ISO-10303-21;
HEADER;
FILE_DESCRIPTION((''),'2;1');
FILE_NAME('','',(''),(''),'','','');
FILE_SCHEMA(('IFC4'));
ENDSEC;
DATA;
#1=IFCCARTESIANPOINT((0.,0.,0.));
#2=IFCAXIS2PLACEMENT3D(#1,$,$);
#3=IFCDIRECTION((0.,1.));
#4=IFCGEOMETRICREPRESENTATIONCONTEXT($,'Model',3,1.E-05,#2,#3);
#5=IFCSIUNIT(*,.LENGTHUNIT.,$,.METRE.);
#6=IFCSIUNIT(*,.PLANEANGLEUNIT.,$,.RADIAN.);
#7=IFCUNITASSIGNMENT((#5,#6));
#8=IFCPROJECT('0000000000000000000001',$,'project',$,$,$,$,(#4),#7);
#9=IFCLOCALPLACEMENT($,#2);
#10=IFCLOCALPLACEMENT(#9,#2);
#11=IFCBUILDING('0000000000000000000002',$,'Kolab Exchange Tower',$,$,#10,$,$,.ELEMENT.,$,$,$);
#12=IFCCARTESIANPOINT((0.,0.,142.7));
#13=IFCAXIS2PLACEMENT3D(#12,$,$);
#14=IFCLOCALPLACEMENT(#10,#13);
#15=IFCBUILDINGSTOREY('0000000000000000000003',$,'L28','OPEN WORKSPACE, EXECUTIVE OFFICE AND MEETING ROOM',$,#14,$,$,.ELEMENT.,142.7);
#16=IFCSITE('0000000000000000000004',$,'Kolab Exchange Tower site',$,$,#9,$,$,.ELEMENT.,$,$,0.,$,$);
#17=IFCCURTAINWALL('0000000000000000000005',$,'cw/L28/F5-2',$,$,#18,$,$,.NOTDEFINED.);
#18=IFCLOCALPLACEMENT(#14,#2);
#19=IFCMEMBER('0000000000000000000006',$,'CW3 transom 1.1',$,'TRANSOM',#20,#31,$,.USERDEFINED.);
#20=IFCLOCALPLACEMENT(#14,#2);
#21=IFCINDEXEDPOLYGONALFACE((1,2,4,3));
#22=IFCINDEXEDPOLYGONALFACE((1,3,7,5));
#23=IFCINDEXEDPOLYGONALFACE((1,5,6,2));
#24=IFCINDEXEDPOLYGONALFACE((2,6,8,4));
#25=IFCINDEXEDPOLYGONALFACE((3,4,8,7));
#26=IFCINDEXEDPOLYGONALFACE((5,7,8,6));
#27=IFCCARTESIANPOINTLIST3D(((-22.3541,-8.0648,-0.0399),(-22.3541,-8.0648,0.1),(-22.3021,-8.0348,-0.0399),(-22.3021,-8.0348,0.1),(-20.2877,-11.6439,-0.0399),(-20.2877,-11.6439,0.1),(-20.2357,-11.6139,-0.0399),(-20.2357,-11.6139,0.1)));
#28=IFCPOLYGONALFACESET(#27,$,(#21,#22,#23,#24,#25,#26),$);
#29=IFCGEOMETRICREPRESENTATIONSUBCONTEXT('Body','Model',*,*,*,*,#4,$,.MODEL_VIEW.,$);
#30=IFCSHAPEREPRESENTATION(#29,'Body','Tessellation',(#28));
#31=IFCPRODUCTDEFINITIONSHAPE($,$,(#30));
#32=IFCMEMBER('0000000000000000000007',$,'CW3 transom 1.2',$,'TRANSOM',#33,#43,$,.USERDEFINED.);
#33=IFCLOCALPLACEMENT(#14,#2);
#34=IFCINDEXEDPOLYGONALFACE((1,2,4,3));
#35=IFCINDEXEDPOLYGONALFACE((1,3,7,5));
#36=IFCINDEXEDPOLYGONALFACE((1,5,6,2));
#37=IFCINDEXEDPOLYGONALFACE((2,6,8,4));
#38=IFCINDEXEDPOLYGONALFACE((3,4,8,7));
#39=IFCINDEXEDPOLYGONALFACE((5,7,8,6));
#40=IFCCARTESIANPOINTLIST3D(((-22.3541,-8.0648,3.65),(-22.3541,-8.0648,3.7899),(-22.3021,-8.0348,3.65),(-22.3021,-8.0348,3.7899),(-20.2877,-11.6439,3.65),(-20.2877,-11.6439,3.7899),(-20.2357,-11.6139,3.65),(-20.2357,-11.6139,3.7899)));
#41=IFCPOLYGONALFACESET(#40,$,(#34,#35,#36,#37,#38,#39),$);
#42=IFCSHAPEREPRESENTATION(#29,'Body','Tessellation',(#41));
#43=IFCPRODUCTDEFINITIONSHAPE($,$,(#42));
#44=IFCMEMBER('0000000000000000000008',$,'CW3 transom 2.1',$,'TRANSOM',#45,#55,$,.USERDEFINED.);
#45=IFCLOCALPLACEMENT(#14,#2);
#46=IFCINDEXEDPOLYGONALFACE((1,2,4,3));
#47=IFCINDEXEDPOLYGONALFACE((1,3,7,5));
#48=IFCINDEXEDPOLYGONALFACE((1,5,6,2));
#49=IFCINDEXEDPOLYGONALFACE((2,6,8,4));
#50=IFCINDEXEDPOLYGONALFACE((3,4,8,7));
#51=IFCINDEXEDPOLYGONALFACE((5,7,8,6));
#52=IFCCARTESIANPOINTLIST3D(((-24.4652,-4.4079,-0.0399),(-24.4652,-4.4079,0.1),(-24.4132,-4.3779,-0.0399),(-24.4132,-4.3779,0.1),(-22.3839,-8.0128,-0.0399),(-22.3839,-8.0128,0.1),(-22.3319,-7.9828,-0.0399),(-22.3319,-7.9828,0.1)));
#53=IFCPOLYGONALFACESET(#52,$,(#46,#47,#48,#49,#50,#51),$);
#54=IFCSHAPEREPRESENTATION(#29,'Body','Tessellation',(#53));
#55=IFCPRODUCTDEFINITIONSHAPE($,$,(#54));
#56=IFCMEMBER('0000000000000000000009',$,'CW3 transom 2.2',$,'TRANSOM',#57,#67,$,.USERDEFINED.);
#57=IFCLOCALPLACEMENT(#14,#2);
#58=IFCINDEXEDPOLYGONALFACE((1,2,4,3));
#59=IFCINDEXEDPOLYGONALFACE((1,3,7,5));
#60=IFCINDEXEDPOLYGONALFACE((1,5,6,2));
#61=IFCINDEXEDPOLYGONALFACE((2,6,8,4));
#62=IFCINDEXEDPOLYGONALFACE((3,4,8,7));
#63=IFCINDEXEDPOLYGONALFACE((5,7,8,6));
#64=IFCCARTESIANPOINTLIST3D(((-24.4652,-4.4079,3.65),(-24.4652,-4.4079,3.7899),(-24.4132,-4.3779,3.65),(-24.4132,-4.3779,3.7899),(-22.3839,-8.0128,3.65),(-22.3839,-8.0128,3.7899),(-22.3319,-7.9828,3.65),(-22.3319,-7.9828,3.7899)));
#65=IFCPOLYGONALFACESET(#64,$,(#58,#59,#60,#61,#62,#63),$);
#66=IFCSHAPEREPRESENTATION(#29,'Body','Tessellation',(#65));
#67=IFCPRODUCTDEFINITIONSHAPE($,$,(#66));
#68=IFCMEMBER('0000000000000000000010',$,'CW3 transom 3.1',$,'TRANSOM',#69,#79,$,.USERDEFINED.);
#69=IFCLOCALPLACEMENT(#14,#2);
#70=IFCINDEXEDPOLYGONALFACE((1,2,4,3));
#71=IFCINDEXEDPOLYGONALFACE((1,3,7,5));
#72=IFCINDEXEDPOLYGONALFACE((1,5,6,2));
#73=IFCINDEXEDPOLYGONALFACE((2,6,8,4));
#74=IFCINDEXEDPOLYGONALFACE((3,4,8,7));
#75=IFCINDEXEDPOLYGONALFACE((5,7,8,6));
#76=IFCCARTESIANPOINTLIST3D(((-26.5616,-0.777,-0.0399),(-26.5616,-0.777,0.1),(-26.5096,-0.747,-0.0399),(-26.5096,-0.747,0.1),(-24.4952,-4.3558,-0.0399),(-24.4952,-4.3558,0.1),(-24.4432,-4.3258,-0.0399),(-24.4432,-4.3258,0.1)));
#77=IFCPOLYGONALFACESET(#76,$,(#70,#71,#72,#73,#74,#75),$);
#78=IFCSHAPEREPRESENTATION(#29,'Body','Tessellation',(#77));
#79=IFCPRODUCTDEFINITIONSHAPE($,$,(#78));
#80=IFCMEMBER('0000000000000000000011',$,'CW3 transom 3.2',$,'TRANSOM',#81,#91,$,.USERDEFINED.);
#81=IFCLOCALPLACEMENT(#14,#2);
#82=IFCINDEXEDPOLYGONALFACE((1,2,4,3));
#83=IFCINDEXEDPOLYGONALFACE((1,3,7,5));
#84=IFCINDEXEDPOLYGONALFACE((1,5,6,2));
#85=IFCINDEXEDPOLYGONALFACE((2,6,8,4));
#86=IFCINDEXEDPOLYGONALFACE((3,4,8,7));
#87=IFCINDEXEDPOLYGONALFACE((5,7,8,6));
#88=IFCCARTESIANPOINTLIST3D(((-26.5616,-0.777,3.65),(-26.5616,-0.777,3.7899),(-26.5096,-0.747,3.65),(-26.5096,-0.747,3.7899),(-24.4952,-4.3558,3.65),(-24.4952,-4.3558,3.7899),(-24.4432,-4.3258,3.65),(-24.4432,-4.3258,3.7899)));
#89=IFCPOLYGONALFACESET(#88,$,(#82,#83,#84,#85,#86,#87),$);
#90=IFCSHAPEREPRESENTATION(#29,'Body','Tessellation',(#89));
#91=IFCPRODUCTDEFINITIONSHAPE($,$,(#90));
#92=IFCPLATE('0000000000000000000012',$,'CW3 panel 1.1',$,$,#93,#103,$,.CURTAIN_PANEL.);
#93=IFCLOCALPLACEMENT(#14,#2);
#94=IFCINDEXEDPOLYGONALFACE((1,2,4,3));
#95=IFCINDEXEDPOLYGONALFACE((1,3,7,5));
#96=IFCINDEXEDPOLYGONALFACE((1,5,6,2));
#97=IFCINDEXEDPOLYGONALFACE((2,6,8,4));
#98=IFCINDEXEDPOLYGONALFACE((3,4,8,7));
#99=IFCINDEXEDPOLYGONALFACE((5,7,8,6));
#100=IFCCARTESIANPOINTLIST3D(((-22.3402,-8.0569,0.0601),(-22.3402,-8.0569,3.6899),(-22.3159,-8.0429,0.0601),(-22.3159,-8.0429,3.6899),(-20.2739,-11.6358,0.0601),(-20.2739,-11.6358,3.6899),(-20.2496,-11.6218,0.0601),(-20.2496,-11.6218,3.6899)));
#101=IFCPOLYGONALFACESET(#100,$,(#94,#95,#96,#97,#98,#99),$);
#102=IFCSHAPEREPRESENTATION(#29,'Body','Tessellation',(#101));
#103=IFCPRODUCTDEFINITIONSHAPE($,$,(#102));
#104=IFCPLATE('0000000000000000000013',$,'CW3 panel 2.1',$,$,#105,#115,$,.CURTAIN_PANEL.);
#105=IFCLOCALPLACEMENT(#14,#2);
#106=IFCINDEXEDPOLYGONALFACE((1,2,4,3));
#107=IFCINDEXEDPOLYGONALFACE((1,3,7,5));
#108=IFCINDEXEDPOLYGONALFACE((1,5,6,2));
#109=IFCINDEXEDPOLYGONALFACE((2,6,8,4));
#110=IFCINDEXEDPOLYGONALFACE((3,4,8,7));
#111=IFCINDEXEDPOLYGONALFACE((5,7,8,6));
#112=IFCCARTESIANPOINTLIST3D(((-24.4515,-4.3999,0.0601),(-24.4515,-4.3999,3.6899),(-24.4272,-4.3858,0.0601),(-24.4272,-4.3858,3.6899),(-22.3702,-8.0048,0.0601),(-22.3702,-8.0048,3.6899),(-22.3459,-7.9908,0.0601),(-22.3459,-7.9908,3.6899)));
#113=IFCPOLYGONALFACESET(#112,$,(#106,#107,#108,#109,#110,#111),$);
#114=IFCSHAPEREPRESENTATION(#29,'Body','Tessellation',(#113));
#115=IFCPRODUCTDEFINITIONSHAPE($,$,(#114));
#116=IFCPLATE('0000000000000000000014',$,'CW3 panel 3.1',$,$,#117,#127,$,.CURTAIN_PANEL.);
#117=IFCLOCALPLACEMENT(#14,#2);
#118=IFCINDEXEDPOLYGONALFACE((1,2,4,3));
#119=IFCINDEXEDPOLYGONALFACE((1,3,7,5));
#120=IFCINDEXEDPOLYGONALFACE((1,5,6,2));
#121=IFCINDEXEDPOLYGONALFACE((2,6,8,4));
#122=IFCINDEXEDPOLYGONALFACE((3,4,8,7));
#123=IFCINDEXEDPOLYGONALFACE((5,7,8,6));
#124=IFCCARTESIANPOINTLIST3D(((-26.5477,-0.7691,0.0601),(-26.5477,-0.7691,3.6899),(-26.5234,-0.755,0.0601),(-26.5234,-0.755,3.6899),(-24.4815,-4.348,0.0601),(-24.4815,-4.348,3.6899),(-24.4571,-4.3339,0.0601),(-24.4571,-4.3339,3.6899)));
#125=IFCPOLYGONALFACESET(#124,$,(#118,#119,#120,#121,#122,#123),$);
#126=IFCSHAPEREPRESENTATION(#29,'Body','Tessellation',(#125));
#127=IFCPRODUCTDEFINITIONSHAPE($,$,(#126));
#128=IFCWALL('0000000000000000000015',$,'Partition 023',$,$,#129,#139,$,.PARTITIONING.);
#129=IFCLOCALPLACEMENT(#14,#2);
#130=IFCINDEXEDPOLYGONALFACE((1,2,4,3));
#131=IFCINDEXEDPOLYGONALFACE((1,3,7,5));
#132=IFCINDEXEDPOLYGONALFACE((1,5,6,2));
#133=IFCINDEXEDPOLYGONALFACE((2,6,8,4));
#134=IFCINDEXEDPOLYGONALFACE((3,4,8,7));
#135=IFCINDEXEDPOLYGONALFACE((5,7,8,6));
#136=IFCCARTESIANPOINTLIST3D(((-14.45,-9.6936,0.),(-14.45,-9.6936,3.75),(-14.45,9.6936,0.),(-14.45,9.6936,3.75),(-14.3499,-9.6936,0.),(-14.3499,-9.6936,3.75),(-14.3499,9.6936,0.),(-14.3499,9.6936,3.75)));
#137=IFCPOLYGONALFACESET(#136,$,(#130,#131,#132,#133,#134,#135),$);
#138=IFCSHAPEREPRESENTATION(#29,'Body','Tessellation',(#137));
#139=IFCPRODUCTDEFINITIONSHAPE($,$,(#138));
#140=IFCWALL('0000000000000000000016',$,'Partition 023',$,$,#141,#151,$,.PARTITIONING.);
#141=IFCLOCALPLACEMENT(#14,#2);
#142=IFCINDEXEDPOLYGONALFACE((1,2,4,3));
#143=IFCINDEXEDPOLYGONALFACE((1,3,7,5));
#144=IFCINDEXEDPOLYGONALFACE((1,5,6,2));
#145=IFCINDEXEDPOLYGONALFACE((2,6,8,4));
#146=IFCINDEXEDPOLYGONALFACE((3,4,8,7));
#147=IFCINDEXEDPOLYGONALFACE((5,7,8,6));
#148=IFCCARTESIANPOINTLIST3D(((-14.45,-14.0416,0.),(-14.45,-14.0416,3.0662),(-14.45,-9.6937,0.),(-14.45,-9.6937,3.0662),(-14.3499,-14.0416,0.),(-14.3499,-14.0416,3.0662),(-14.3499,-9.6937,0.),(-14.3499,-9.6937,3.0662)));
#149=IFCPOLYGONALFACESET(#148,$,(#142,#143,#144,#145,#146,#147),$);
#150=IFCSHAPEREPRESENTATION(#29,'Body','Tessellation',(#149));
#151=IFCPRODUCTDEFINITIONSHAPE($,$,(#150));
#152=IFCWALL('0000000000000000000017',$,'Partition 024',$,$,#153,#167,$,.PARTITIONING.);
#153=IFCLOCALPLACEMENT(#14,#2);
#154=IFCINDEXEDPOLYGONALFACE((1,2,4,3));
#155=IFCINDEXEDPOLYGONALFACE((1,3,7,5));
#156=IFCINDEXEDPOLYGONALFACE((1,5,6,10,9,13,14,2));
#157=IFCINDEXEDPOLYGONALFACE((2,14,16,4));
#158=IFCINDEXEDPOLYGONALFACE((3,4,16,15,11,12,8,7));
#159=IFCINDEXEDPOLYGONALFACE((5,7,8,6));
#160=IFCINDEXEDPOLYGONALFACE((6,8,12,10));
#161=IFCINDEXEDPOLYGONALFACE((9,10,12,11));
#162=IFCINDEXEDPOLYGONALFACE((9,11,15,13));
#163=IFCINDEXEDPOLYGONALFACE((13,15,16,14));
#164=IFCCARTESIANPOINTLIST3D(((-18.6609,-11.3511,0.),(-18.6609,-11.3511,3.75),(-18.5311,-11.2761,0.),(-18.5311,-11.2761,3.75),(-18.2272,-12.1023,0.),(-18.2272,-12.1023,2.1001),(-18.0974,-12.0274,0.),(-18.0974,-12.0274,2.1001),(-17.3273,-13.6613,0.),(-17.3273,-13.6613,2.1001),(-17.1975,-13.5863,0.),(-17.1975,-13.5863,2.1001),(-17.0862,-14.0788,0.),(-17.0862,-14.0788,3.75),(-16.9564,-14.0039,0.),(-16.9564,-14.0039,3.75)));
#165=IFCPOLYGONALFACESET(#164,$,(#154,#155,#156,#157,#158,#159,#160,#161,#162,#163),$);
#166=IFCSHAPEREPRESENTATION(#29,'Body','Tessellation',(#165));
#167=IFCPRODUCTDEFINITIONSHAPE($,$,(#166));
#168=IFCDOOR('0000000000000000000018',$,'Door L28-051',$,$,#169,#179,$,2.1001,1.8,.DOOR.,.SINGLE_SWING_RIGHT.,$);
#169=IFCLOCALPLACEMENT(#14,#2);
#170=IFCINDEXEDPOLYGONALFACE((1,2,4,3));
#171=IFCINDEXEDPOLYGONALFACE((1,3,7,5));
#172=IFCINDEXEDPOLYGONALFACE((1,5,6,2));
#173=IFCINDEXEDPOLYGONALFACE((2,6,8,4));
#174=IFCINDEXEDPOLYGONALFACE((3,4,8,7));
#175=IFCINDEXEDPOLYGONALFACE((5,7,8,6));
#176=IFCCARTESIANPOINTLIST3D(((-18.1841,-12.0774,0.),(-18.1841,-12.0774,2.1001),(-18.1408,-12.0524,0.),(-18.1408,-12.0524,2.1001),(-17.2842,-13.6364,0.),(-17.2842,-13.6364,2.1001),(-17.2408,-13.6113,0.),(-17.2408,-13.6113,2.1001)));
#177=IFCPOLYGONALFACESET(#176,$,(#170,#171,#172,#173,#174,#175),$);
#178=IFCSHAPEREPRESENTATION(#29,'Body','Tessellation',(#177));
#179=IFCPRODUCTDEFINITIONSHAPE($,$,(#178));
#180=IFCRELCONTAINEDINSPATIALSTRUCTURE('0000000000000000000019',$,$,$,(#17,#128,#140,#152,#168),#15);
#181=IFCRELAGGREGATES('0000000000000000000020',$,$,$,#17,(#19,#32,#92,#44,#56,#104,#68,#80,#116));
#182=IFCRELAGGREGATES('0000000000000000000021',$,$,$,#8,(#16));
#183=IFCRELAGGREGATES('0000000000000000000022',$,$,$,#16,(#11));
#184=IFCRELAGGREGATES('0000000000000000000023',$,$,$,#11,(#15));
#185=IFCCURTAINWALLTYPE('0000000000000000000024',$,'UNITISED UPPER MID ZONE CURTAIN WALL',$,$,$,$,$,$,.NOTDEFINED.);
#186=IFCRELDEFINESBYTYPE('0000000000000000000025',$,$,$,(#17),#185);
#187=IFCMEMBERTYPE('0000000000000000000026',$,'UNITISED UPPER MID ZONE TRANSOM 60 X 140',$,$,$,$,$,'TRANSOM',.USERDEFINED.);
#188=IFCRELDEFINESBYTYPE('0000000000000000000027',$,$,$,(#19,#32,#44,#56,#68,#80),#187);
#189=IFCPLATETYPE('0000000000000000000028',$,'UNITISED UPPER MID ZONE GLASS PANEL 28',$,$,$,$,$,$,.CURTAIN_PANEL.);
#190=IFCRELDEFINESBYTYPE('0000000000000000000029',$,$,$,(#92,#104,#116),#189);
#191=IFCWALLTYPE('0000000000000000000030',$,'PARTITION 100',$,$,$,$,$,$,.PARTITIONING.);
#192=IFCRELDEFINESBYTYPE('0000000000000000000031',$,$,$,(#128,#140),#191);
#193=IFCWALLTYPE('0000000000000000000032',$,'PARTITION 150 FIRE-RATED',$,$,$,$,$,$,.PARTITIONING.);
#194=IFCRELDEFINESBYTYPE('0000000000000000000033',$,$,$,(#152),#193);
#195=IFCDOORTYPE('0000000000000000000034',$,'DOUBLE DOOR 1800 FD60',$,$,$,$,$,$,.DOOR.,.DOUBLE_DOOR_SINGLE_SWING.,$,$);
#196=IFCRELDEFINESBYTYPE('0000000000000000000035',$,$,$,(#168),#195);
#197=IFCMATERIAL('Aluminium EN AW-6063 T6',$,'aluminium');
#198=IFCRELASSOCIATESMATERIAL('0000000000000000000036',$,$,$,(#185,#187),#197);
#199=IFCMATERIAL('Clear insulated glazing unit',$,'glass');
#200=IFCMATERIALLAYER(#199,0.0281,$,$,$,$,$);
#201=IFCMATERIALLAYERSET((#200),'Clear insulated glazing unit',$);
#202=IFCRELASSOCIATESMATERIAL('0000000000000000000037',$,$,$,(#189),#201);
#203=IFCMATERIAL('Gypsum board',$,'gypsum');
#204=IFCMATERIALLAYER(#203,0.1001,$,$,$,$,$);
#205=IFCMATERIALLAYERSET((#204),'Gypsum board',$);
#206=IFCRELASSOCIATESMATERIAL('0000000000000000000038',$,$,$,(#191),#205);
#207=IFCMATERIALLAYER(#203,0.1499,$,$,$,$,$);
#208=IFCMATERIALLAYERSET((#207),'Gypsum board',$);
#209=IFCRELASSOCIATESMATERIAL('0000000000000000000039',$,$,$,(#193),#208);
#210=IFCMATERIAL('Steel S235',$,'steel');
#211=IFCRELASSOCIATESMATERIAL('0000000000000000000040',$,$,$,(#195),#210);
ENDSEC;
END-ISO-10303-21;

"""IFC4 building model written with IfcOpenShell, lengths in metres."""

from ifc_helpers import new_model, si_unit, direction, frame, frame_2d, origin, origin_2d, place, context, subcontext, project, spatial, rectangle, extrude, material, layer, layer_set, material_profile, profile_set, type_object, element, fill, aggregate, save


model = new_model("IFC4")

# Units and contexts
model_context = context("Model", 3, precision=1e-05, world=origin(), true_north=direction((0.0, 1.0)))
body_context = subcontext(model_context, "Body", "Model", "MODEL_VIEW")
ifc_project = project(units=[si_unit("LENGTHUNIT", "METRE"), si_unit("PLANEANGLEUNIT", "RADIAN")], contexts=[model_context])

# Site, building, storey
site_placement = place(None, origin())
site = spatial("IfcSite", under=ifc_project, at=site_placement, Name="Kolab Exchange Tower site", CompositionType="ELEMENT", RefElevation=0.0)
building_placement = place(site_placement, origin())
building = spatial("IfcBuilding", under=site, at=building_placement, Name="Kolab Exchange Tower", CompositionType="ELEMENT")
storey_placement = place(building_placement, frame((0.0, 0.0, 142.7)))
storey = spatial("IfcBuildingStorey", under=building, at=storey_placement, Name="L28", Description="OPEN WORKSPACE, EXECUTIVE OFFICE AND MEETING ROOM", CompositionType="ELEMENT", Elevation=142.7)

# Curtain wall
ifc_material_1 = material(Name="Aluminium EN AW-6063 T6", Category="aluminium")
curtain_wall_type = type_object("IfcCurtainWallType", Name="UNITISED UPPER MID ZONE CURTAIN WALL", PredefinedType="NOTDEFINED", material=ifc_material_1)
curtain_wall_1_placement = place(storey_placement, origin())
curtain_wall_1 = element("IfcCurtainWall", 1, at=curtain_wall_1_placement, inside=storey, type_object=curtain_wall_type, Name="cw/L28/F5-2", PredefinedType="NOTDEFINED")

# Members
ifc_material_profile_1 = material_profile(ifc_material_1, rectangle(XDim=0.0601, YDim=0.1399, at=origin_2d()), Name="RECT 60X140")
ifc_profile_set_1 = profile_set([ifc_material_profile_1], Name="Aluminium EN AW-6063 T6")
member_type_1 = type_object("IfcMemberType", Name="UNITISED UPPER MID ZONE TRANSOM 60 X 140", ElementType="TRANSOM", PredefinedType="USERDEFINED", material=ifc_profile_set_1)
member_1_placement = place(storey_placement, frame((-20.2617, -11.6289, 0.03), z_axis=(-0.500002, 0.866024, 0.0), x_axis=(-0.866024, -0.500002, 0.0)))
member_1 = element("IfcMember", 2, at=member_1_placement, type_object=member_type_1, Name="CW3 transom 1.1", ObjectType="TRANSOM", PredefinedType="USERDEFINED", context=body_context, shape_type="SweptSolid", body=[
    extrude(rectangle(XDim=0.0601, YDim=0.1399, at=origin_2d()), origin(), (0.0, 0.0, 1.0), 4.1328),
])
member_2_placement = place(storey_placement, frame((-20.2617, -11.6289, 3.72), z_axis=(-0.500002, 0.866024, 0.0), x_axis=(-0.866024, -0.500002, 0.0)))
member_2 = element("IfcMember", 3, at=member_2_placement, type_object=member_type_1, Name="CW3 transom 1.2", ObjectType="TRANSOM", PredefinedType="USERDEFINED", context=body_context, shape_type="SweptSolid", body=[
    extrude(rectangle(XDim=0.0601, YDim=0.1399, at=origin_2d()), origin(), (0.0, 0.0, 1.0), 4.1328),
])
member_3_placement = place(storey_placement, frame((-22.3579, -7.9978, 0.03), z_axis=(-0.499993, 0.866029, 0.0), x_axis=(-0.866029, -0.499993, 0.0)))
member_3 = element("IfcMember", 4, at=member_3_placement, type_object=member_type_1, Name="CW3 transom 2.1", ObjectType="TRANSOM", PredefinedType="USERDEFINED", context=body_context, shape_type="SweptSolid", body=[
    extrude(rectangle(XDim=0.0601, YDim=0.1399, at=origin_2d()), origin(), (0.0, 0.0, 1.0), 4.1626),
])
member_4_placement = place(storey_placement, frame((-22.3579, -7.9978, 3.72), z_axis=(-0.499993, 0.866029, 0.0), x_axis=(-0.866029, -0.499993, 0.0)))
member_4 = element("IfcMember", 5, at=member_4_placement, type_object=member_type_1, Name="CW3 transom 2.2", ObjectType="TRANSOM", PredefinedType="USERDEFINED", context=body_context, shape_type="SweptSolid", body=[
    extrude(rectangle(XDim=0.0601, YDim=0.1399, at=origin_2d()), origin(), (0.0, 0.0, 1.0), 4.1626),
])
member_5_placement = place(storey_placement, frame((-24.4692, -4.3408, 0.03), z_axis=(-0.500028, 0.866009, 0.0), x_axis=(-0.866009, -0.500028, 0.0)))
member_5 = element("IfcMember", 6, at=member_5_placement, type_object=member_type_1, Name="CW3 transom 3.1", ObjectType="TRANSOM", PredefinedType="USERDEFINED", context=body_context, shape_type="SweptSolid", body=[
    extrude(rectangle(XDim=0.0601, YDim=0.1399, at=origin_2d()), origin(), (0.0, 0.0, 1.0), 4.1326),
])
member_6_placement = place(storey_placement, frame((-24.4692, -4.3408, 3.72), z_axis=(-0.500028, 0.866009, 0.0), x_axis=(-0.866009, -0.500028, 0.0)))
member_6 = element("IfcMember", 7, at=member_6_placement, type_object=member_type_1, Name="CW3 transom 3.2", ObjectType="TRANSOM", PredefinedType="USERDEFINED", context=body_context, shape_type="SweptSolid", body=[
    extrude(rectangle(XDim=0.0601, YDim=0.1399, at=origin_2d()), origin(), (0.0, 0.0, 1.0), 4.1326),
])

# Plates
ifc_material_2 = material(Name="Clear insulated glazing unit", Category="glass")
ifc_layer_1 = layer(ifc_material_2, 0.0281)
ifc_layer_set_1 = layer_set([ifc_layer_1], Name="Clear insulated glazing unit")
plate_type = type_object("IfcPlateType", Name="UNITISED UPPER MID ZONE GLASS PANEL 28", PredefinedType="CURTAIN_PANEL", material=ifc_layer_set_1)
plate_1_placement = place(storey_placement, frame((-21.2949, -9.8394, 0.0601), z_axis=(0.0, 0.0, 1.0), x_axis=(-0.5, 0.866025, 0.0)))
plate_1 = element("IfcPlate", 8, at=plate_1_placement, type_object=plate_type, Name="CW3 panel 1.1", PredefinedType="CURTAIN_PANEL", context=body_context, shape_type="SweptSolid", body=[
    extrude(rectangle(XDim=4.1326, YDim=0.0281, at=origin_2d()), origin(), (0.0, 0.0, 1.0), 3.6299),
])
plate_2_placement = place(storey_placement, frame((-23.3987, -6.1953, 0.0601), z_axis=(0.0, 0.0, 1.0), x_axis=(-0.5, 0.866025, 0.0)))
plate_2 = element("IfcPlate", 9, at=plate_2_placement, type_object=plate_type, Name="CW3 panel 2.1", PredefinedType="CURTAIN_PANEL", context=body_context, shape_type="SweptSolid", body=[
    extrude(rectangle(XDim=4.1626, YDim=0.0281, at=origin_2d()), origin(), (0.0, 0.0, 1.0), 3.6299),
])
plate_3_placement = place(storey_placement, frame((-25.5024, -2.5515, 0.0601), z_axis=(0.0, 0.0, 1.0), x_axis=(-0.5, 0.866025, 0.0)))
plate_3 = element("IfcPlate", 10, at=plate_3_placement, type_object=plate_type, Name="CW3 panel 3.1", PredefinedType="CURTAIN_PANEL", context=body_context, shape_type="SweptSolid", body=[
    extrude(rectangle(XDim=4.1326, YDim=0.0281, at=origin_2d()), origin(), (0.0, 0.0, 1.0), 3.6299),
])
aggregate(curtain_wall_1, [member_1, member_2, plate_1, member_3, member_4, plate_2, member_5, member_6, plate_3])

# Walls
ifc_material_3 = material(Name="Gypsum board", Category="gypsum")
ifc_layer_2 = layer(ifc_material_3, 0.1001)
ifc_layer_set_2 = layer_set([ifc_layer_2], Name="Gypsum board")
wall_type_1 = type_object("IfcWallType", Name="PARTITION 100", PredefinedType="PARTITIONING", material=ifc_layer_set_2)
wall_1_placement = place(storey_placement, frame((-14.3999, -9.6936, 0.0), z_axis=(0.0, 0.0, 1.0), x_axis=(0.0, 1.0, 0.0)))
element("IfcWall", 11, at=wall_1_placement, inside=storey, type_object=wall_type_1, Name="Partition 023", PredefinedType="PARTITIONING", context=body_context, shape_type="SweptSolid", body=[
    extrude(rectangle(XDim=19.3872, YDim=0.1001, at=frame_2d((9.6936, 0.0))), origin(), (0.0, 0.0, 1.0), 3.75),
])
wall_2_placement = place(storey_placement, frame((-14.3999, -14.0415, 0.0), z_axis=(0.0, 0.0, 1.0), x_axis=(0.0, 1.0, 0.0)))
element("IfcWall", 12, at=wall_2_placement, inside=storey, type_object=wall_type_1, Name="Partition 023", PredefinedType="PARTITIONING", context=body_context, shape_type="SweptSolid", body=[
    extrude(rectangle(XDim=4.3479, YDim=0.1001, at=frame_2d((2.1738, 0.0))), origin(), (0.0, 0.0, 1.0), 3.0662),
])

# Wall, opening, door
ifc_layer_3 = layer(ifc_material_3, 0.1499)
ifc_layer_set_3 = layer_set([ifc_layer_3], Name="Gypsum board")
wall_type_2 = type_object("IfcWallType", Name="PARTITION 150 FIRE-RATED", PredefinedType="PARTITIONING", material=ifc_layer_set_3)
wall_3_placement = place(storey_placement, frame((-18.5959, -11.3137, 0.0), z_axis=(0.0, 0.0, 1.0), x_axis=(0.499957, -0.86605, 0.0)))
wall_3 = element("IfcWall", 13, at=wall_3_placement, inside=storey, type_object=wall_type_2, Name="Partition 024", PredefinedType="PARTITIONING", context=body_context, shape_type="SweptSolid", body=[
    extrude(rectangle(XDim=3.1497, YDim=0.1499, at=frame_2d((1.5747, 0.0))), origin(), (0.0, 0.0, 1.0), 3.75),
])
opening_placement = place(wall_3_placement, frame((0.8674, 0.0, 0.0)))
opening = element("IfcOpeningElement", 14, at=opening_placement, cuts=wall_3, PredefinedType="OPENING", context=body_context, shape_type="SweptSolid", body=[
    extrude(rectangle(XDim=1.8, YDim=2.1001, at=frame_2d((0.8999, 1.05))), frame((0.0, 0.085, 0.0), z_axis=(0.0, -1.0, 0.0), x_axis=(1.0, 0.0, 0.0)), (0.0, 0.0, 1.0), 0.1699),
])
ifc_material_4 = material(Name="Steel S235", Category="steel")
door_type = type_object("IfcDoorType", Name="DOUBLE DOOR 1800 FD60", OperationType="DOUBLE_DOOR_SINGLE_SWING", PredefinedType="DOOR", material=ifc_material_4)
door_placement = place(opening_placement, origin())
door = element("IfcDoor", 15, at=door_placement, inside=storey, type_object=door_type, Name="Door L28-051", OperationType="SINGLE_SWING_RIGHT", OverallHeight=2.1001, OverallWidth=1.8, PredefinedType="DOOR", context=body_context, shape_type="SweptSolid", body=[
    extrude(rectangle(XDim=1.8, YDim=2.1001, at=frame_2d((0.8999, 1.05))), frame((0.0, 0.0249, 0.0), z_axis=(0.0, -1.0, 0.0), x_axis=(1.0, 0.0, 0.0)), (0.0, 0.0, 1.0), 0.05),
])
fill(opening, door)

save(model, "model.ifc")
